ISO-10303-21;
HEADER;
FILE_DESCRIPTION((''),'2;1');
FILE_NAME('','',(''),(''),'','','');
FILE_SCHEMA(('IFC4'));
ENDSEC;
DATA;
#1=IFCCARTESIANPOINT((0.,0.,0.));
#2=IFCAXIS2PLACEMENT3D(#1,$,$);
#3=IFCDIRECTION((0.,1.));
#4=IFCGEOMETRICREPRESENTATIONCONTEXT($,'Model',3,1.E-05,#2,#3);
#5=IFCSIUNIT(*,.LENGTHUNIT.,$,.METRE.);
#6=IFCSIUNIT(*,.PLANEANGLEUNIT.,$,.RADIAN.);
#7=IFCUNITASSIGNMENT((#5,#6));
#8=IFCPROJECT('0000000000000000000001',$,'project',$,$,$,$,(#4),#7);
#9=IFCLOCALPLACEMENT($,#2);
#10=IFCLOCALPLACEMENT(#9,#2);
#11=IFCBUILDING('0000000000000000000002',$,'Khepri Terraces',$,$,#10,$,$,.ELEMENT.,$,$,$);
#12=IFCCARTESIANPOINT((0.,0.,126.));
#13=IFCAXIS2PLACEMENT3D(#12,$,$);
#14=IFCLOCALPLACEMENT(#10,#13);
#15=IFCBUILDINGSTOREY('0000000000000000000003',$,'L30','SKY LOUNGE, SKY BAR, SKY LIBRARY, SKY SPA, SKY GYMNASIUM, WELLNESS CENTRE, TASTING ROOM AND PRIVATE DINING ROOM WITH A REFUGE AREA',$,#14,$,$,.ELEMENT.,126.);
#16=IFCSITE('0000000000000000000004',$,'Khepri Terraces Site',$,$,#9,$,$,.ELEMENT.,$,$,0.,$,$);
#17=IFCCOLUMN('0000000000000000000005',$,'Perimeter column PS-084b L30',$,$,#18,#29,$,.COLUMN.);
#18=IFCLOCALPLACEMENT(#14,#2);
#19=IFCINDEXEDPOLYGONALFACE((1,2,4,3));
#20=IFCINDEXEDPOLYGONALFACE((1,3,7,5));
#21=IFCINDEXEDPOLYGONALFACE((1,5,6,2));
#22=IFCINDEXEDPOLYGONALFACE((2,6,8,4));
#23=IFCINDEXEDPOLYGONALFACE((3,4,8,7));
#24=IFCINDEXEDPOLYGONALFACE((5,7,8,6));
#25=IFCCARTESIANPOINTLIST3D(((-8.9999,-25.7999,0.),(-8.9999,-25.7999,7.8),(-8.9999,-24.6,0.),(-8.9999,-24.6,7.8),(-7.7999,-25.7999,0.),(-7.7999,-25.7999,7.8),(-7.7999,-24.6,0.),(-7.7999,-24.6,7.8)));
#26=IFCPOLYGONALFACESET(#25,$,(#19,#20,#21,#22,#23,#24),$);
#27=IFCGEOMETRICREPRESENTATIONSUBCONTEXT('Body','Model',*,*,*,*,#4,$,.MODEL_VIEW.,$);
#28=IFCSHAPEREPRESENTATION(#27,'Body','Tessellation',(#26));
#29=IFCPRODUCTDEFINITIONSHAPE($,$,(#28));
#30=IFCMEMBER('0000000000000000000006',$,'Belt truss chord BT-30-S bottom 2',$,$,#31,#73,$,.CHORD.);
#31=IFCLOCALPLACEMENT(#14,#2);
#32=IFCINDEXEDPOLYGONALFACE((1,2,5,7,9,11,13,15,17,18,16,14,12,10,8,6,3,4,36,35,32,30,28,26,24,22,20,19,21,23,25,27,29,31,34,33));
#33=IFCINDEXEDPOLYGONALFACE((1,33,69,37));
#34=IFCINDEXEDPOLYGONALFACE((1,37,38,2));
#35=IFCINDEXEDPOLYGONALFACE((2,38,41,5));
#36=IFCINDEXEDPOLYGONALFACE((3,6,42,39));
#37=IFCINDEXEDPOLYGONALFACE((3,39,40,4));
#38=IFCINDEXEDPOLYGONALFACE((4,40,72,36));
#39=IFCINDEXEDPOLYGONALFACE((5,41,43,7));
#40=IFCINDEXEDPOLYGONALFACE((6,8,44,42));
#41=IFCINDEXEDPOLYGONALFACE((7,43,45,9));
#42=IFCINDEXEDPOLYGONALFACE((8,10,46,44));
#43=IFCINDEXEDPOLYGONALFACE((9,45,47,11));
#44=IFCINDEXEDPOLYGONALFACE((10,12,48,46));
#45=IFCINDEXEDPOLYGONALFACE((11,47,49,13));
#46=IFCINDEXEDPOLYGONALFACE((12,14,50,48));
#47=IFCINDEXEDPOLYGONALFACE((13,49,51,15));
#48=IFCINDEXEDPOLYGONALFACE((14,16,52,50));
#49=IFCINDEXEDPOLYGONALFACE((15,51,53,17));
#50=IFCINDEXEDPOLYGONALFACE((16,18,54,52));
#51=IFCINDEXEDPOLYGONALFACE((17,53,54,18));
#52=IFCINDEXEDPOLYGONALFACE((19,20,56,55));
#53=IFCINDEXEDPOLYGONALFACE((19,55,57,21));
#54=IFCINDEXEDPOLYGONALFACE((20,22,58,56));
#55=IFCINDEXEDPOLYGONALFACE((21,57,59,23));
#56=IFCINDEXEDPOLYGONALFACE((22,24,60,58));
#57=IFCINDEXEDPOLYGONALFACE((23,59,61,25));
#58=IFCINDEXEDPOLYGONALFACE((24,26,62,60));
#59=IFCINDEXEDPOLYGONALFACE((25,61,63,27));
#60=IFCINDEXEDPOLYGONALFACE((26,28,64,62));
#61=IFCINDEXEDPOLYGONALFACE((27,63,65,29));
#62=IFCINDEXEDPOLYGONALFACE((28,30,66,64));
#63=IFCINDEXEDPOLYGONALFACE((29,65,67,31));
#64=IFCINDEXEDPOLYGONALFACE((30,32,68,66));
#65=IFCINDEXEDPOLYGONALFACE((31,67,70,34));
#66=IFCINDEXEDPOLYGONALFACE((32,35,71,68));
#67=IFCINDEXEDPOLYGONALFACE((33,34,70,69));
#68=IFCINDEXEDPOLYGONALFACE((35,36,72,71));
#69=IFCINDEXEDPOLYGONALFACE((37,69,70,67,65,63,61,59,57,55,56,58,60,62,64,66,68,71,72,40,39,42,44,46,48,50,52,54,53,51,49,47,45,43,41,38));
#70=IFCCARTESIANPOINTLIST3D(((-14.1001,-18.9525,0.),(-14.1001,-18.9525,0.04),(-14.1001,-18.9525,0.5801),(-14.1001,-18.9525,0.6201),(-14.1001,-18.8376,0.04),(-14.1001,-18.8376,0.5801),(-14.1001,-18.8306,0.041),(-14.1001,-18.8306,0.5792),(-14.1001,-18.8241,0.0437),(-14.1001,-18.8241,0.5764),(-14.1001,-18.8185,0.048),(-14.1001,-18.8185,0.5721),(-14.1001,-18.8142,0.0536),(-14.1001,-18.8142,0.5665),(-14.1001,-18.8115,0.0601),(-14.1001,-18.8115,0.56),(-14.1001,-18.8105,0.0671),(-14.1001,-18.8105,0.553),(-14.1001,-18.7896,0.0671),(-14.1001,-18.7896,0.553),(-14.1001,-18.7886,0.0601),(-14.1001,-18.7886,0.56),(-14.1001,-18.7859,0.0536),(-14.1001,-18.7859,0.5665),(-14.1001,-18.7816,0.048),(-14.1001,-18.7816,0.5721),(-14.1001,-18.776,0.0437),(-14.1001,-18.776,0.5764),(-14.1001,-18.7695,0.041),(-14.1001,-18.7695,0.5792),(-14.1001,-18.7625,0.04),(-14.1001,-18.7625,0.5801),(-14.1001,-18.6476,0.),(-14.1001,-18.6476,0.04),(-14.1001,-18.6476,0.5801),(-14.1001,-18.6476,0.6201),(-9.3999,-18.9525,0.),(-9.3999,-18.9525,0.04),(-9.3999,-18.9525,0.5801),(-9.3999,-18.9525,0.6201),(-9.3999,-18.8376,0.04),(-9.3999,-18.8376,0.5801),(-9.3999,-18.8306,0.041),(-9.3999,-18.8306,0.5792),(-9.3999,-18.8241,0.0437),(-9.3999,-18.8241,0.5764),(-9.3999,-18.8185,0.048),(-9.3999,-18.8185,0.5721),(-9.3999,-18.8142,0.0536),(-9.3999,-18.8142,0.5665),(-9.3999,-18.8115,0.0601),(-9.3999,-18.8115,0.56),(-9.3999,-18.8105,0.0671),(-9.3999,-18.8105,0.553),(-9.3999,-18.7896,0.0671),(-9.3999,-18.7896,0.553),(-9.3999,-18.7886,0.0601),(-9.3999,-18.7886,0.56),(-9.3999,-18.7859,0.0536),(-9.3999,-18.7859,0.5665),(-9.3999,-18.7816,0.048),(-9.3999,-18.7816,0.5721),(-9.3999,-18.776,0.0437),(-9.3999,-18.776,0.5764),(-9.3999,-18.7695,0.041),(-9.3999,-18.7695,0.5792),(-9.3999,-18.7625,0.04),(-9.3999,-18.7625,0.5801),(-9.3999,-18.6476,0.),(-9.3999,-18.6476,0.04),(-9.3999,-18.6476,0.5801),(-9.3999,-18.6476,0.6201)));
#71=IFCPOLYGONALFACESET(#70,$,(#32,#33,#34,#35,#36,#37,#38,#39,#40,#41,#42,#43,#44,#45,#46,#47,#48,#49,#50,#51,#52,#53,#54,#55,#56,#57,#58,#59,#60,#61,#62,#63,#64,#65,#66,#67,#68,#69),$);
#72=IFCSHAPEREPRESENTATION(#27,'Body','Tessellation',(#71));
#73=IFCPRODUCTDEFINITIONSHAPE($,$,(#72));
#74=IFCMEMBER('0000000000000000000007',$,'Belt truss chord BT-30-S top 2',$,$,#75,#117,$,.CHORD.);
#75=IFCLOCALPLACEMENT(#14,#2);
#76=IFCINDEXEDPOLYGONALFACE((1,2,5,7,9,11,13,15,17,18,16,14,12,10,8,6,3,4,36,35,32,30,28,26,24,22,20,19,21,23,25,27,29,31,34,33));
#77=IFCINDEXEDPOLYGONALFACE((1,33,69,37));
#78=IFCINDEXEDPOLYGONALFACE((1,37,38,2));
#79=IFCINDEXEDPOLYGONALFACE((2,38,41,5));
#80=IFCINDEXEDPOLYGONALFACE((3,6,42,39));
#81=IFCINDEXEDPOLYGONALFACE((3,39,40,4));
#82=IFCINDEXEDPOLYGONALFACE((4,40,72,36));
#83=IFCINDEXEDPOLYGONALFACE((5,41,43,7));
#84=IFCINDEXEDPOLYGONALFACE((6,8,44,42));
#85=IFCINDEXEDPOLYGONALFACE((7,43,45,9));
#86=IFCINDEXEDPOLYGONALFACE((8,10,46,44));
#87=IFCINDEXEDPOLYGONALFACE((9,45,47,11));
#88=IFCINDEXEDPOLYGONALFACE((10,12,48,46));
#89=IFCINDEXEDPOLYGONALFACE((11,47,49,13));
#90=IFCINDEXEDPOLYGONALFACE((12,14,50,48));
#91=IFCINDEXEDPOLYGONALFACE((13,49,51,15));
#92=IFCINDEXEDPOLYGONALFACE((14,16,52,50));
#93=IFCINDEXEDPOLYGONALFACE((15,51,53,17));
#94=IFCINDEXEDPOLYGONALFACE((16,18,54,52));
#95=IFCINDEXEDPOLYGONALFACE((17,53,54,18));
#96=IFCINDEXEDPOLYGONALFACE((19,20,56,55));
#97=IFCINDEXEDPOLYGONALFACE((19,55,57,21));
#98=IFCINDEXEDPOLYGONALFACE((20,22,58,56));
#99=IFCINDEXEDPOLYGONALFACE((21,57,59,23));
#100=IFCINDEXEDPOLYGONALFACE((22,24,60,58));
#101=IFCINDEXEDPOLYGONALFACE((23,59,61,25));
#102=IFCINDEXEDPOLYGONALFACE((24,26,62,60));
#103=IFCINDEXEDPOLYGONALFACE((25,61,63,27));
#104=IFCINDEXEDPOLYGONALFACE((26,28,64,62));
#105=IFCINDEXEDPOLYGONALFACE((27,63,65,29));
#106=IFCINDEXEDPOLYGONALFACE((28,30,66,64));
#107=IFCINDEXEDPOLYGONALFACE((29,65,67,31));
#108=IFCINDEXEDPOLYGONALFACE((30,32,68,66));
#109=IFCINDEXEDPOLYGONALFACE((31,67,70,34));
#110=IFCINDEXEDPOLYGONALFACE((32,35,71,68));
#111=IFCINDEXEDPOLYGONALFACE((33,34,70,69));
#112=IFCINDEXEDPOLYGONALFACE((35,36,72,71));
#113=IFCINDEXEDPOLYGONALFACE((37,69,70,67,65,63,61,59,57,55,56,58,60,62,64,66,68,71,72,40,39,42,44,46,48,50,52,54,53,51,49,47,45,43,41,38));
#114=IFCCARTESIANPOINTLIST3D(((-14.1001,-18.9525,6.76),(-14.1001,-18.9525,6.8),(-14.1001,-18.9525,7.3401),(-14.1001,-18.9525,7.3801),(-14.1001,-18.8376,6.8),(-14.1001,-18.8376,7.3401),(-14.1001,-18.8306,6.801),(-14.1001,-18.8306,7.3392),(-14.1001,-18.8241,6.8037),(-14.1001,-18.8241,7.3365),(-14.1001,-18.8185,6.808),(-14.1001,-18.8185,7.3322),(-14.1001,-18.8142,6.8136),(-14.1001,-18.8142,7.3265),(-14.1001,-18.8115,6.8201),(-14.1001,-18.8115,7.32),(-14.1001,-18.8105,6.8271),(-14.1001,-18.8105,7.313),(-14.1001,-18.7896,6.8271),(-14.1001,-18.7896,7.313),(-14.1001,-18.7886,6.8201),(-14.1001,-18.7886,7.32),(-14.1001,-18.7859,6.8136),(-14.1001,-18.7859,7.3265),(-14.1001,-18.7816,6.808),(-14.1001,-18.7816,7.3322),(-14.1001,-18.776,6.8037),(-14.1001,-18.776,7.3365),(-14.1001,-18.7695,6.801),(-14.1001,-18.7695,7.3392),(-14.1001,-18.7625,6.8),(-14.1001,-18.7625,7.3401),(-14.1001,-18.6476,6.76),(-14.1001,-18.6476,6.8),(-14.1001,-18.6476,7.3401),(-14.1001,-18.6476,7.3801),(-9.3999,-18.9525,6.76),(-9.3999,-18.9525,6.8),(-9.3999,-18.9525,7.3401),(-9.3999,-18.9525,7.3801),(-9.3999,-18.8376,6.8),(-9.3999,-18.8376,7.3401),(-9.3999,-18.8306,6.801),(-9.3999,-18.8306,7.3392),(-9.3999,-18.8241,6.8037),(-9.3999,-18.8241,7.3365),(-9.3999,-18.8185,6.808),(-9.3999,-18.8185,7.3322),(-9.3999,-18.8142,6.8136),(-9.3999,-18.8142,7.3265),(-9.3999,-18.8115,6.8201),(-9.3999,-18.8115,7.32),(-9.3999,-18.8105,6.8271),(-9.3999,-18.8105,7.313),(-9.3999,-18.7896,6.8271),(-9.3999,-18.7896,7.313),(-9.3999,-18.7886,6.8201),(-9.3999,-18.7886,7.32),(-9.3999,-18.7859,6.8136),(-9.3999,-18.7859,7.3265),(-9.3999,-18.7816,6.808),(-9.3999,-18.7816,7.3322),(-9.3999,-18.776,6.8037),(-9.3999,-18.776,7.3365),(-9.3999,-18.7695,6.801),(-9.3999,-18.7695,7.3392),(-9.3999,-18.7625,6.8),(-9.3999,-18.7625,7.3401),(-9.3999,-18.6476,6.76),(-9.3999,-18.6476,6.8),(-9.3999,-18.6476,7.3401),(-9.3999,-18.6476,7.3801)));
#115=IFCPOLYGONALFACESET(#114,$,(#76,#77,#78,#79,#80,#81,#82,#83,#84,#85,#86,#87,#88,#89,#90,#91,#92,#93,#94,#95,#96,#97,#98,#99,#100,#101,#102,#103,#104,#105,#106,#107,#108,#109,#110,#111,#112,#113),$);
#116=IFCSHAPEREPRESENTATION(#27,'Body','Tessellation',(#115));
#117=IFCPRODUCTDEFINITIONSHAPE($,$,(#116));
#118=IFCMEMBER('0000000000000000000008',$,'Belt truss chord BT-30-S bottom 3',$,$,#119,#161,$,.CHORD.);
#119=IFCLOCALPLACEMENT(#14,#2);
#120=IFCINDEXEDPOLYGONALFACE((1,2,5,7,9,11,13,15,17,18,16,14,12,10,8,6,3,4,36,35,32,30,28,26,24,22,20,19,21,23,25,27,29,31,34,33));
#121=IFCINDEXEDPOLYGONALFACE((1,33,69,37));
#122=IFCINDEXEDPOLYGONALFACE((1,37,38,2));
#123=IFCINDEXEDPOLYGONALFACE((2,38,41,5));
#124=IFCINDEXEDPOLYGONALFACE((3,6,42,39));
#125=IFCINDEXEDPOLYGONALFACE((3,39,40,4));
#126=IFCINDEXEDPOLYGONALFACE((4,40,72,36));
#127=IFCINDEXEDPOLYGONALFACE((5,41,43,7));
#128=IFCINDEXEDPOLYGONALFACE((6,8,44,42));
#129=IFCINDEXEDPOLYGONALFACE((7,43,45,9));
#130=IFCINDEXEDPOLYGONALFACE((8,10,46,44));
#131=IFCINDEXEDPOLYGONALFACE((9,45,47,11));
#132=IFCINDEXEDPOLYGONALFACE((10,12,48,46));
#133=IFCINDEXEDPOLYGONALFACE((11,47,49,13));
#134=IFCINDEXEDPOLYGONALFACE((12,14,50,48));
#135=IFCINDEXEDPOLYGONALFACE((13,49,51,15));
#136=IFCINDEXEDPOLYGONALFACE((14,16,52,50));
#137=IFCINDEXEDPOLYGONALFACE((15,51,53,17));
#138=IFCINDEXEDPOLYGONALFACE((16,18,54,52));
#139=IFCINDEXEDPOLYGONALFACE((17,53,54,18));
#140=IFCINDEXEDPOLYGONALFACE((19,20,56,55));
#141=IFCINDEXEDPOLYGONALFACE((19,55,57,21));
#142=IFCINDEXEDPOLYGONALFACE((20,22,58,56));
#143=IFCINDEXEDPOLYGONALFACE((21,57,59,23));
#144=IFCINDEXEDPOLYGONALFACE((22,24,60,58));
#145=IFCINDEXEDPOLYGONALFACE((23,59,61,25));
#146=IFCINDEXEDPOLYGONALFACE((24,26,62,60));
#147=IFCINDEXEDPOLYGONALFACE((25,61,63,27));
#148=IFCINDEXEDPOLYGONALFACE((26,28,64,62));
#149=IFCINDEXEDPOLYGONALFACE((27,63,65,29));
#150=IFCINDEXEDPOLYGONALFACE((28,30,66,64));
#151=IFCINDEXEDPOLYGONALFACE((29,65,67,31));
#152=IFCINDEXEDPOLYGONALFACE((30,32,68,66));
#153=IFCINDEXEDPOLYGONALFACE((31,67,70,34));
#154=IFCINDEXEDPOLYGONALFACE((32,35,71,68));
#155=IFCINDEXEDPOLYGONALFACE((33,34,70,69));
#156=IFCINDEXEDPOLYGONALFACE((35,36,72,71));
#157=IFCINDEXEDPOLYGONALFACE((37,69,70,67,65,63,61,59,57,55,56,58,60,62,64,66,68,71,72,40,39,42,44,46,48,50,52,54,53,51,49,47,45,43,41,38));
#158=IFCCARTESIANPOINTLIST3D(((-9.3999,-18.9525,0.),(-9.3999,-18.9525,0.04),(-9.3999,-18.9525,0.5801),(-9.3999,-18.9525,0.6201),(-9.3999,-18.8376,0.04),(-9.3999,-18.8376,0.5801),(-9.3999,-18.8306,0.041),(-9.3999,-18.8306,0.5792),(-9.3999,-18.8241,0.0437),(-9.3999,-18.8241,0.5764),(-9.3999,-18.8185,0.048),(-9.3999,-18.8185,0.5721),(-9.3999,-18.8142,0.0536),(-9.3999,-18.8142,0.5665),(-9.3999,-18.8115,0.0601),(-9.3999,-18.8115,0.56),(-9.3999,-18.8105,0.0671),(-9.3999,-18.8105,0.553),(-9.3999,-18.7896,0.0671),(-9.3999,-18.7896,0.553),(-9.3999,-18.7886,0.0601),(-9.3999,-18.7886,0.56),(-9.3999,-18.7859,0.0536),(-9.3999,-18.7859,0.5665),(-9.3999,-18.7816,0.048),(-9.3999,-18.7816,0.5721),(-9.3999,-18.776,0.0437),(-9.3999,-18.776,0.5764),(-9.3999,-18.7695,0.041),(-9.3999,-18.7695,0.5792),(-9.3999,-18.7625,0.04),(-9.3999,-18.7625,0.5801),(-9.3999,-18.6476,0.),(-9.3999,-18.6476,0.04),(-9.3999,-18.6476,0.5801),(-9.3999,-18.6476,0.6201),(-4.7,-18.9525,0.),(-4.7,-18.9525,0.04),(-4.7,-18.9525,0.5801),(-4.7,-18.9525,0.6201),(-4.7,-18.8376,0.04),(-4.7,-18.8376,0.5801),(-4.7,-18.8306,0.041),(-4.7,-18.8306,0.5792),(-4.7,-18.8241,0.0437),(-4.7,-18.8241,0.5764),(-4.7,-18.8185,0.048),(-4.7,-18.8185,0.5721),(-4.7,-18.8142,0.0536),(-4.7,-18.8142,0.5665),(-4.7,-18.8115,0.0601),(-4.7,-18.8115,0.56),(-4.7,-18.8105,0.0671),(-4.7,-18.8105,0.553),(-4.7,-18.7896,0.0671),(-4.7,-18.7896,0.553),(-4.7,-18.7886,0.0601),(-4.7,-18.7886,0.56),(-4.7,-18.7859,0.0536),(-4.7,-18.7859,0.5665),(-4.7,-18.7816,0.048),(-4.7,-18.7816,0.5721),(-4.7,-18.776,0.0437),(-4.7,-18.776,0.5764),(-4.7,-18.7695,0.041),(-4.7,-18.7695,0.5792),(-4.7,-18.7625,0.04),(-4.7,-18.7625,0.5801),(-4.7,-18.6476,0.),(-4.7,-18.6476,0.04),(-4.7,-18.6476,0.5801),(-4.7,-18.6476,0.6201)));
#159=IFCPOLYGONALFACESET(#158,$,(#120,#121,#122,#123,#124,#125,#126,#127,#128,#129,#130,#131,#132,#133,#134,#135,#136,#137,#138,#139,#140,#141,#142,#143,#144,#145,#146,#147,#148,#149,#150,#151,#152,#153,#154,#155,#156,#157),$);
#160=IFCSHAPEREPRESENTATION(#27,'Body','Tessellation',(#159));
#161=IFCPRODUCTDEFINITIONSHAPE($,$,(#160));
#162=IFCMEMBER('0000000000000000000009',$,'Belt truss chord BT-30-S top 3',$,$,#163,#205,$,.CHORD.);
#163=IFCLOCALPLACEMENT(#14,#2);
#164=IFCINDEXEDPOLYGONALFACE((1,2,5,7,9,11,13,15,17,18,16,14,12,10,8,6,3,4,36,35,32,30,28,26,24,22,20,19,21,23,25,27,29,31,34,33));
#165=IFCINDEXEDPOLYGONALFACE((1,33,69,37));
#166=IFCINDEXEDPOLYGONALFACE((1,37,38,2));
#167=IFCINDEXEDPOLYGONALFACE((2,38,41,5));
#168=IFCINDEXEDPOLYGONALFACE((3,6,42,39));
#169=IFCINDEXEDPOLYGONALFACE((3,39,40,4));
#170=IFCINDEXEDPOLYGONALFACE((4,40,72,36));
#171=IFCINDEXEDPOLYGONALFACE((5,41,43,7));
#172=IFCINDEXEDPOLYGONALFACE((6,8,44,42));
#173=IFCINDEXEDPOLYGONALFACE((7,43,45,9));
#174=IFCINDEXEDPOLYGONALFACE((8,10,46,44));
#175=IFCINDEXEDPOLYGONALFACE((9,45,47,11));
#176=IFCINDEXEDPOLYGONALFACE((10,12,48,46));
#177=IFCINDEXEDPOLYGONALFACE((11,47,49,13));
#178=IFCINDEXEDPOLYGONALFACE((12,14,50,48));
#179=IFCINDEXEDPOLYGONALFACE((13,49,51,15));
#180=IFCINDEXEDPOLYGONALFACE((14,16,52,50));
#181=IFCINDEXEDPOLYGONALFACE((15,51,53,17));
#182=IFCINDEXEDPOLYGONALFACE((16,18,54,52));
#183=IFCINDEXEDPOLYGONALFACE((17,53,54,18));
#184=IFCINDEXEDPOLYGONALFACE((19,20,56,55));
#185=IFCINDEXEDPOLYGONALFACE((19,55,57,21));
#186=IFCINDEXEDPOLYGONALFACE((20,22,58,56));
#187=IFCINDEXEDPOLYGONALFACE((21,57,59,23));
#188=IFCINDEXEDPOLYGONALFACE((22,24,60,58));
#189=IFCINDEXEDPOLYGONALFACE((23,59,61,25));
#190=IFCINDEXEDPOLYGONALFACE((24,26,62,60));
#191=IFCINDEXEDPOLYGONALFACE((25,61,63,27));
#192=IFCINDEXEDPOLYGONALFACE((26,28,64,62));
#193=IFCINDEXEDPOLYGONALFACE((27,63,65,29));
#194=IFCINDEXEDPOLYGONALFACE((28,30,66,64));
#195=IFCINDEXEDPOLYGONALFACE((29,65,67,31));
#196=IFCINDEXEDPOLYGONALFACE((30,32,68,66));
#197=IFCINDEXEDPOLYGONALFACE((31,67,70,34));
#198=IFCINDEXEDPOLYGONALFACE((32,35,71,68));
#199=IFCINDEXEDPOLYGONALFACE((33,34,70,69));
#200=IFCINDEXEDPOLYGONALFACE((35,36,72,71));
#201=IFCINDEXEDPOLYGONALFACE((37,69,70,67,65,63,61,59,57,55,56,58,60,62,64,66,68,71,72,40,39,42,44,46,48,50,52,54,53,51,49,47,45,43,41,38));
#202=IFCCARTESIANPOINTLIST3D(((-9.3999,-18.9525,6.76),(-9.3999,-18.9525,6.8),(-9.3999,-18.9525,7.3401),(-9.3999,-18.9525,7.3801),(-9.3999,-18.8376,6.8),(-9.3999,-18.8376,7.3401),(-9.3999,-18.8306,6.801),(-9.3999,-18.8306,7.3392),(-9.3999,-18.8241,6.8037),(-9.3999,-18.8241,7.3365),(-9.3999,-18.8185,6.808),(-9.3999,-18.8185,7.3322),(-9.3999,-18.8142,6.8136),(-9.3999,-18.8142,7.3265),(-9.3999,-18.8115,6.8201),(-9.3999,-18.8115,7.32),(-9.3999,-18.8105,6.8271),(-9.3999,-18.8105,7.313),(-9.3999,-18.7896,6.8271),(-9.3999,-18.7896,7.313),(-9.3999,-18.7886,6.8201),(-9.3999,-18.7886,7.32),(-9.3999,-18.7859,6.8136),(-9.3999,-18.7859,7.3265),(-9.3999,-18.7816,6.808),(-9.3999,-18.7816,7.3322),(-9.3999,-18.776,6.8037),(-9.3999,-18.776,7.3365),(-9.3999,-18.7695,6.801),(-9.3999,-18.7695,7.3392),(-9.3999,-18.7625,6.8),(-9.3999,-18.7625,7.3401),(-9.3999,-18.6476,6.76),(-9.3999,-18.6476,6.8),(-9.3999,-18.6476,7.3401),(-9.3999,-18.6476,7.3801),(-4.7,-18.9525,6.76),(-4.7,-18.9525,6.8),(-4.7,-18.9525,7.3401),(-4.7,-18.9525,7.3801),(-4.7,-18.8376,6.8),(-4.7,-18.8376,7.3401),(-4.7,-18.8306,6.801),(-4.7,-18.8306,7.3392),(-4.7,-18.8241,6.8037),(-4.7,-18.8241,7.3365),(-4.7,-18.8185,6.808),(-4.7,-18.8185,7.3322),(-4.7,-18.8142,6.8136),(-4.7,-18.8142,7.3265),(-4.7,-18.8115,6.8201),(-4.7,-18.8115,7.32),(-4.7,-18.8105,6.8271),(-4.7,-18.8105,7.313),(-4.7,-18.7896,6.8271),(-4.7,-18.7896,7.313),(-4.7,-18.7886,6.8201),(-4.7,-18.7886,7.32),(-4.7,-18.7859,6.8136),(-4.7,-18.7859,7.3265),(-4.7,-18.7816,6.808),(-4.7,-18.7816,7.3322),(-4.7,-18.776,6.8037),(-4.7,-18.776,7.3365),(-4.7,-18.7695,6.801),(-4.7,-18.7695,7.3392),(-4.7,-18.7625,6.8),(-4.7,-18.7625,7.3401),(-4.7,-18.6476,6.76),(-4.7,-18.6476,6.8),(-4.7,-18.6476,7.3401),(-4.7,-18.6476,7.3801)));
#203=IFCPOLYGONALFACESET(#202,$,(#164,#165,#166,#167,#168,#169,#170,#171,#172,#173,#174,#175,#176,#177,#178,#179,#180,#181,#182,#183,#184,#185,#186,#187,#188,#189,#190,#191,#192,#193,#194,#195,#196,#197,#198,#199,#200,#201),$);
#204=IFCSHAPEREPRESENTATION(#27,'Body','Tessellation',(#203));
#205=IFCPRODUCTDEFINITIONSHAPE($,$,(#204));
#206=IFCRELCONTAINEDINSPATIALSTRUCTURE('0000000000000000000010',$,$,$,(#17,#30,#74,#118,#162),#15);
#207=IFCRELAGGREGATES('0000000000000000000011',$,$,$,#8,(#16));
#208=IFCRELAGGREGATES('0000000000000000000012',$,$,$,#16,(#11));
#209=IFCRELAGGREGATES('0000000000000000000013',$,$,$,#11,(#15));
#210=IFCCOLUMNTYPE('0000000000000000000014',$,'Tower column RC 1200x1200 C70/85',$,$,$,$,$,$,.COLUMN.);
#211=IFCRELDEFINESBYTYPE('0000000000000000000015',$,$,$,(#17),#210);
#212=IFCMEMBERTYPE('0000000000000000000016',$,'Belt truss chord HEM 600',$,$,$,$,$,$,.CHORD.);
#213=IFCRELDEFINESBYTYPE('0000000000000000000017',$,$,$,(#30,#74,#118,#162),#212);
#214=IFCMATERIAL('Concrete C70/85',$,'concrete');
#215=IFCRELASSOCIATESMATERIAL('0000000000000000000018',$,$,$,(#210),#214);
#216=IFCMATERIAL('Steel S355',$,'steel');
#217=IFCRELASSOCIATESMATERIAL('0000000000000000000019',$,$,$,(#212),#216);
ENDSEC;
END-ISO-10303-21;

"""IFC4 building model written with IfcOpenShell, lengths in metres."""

from ifc_helpers import new_model, si_unit, direction, frame, origin, origin_2d, place, context, subcontext, project, spatial, rectangle, i_section, extrude, material, material_profile, profile_set, type_object, element, save


model = new_model("IFC4")

# Units and contexts
model_context = context("Model", 3, precision=1e-05, world=origin(), true_north=direction((0.0, 1.0)))
body_context = subcontext(model_context, "Body", "Model", "MODEL_VIEW")
ifc_project = project(units=[si_unit("LENGTHUNIT", "METRE"), si_unit("PLANEANGLEUNIT", "RADIAN")], contexts=[model_context])

# Site, building, storey
site_placement = place(None, origin())
site = spatial("IfcSite", under=ifc_project, at=site_placement, Name="Khepri Terraces Site", CompositionType="ELEMENT", RefElevation=0.0)
building_placement = place(site_placement, origin())
building = spatial("IfcBuilding", under=site, at=building_placement, Name="Khepri Terraces", CompositionType="ELEMENT")
storey_placement = place(building_placement, frame((0.0, 0.0, 126.0)))
storey = spatial("IfcBuildingStorey", under=building, at=storey_placement, Name="L30", Description="SKY LOUNGE, SKY BAR, SKY LIBRARY, SKY SPA, SKY GYMNASIUM, WELLNESS CENTRE, TASTING ROOM AND PRIVATE DINING ROOM WITH A REFUGE AREA", CompositionType="ELEMENT", Elevation=126.0)

# Column
ifc_material_1 = material(Name="Concrete C70/85", Category="concrete")
ifc_material_profile_1 = material_profile(ifc_material_1, rectangle(XDim=1.2, YDim=1.2, at=origin_2d()), Name="Concrete C70/85", Category="concrete")
ifc_profile_set_1 = profile_set([ifc_material_profile_1], Name="Concrete C70/85")
column_type = type_object("IfcColumnType", Name="Tower column RC 1200x1200 C70/85", PredefinedType="COLUMN", material=ifc_profile_set_1)
column_placement = place(storey_placement, frame((-8.3999, -25.2, 0.0), z_axis=(0.0, 0.0, 1.0), x_axis=(1.0, 0.0, 0.0)))
element("IfcColumn", 1, at=column_placement, inside=storey, type_object=column_type, Name="Perimeter column PS-084b L30", PredefinedType="COLUMN", context=body_context, shape_type="SweptSolid", body=[
    extrude(rectangle(XDim=1.2, YDim=1.2, at=origin_2d()), origin(), (0.0, 0.0, 1.0), 7.8),
])

# Members
ifc_material_2 = material(Name="Steel S355", Category="steel")
ifc_material_profile_2 = material_profile(ifc_material_2, i_section(OverallWidth=0.3049, OverallDepth=0.6201, WebThickness=0.021, FlangeThickness=0.04, FilletRadius=0.0271, at=origin_2d()), Name="Steel S355", Category="steel")
ifc_profile_set_2 = profile_set([ifc_material_profile_2], Name="Steel S355")
member_type_1 = type_object("IfcMemberType", Name="Belt truss chord HEM 600", PredefinedType="CHORD", material=ifc_profile_set_2)
for number, where, z_axis, x_axis, name in (
    (2, (-14.1001, -18.8, 0.3101), (1.0, 0.0, 0.0), (0.0, 1.0, 0.0), "Belt truss chord BT-30-S bottom 2"),
    (3, (-14.1001, -18.8, 7.0701), (1.0, 0.0, 0.0), (0.0, 1.0, 0.0), "Belt truss chord BT-30-S top 2"),
):
    element("IfcMember", number, at=place(storey_placement, frame(where, z_axis=z_axis, x_axis=x_axis)), inside=storey, type_object=member_type_1, Name=name, PredefinedType="CHORD", context=body_context, shape_type="SweptSolid", body=[
        extrude(i_section(OverallWidth=0.3049, OverallDepth=0.6201, WebThickness=0.021, FlangeThickness=0.04, FilletRadius=0.0271, at=origin_2d()), origin(), (0.0, 0.0, 1.0), 4.7002),
    ])
for number, where, z_axis, x_axis, name in (
    (4, (-9.3999, -18.8, 0.3101), (1.0, 0.0, 0.0), (0.0, 1.0, 0.0), "Belt truss chord BT-30-S bottom 3"),
    (5, (-9.3999, -18.8, 7.0701), (1.0, 0.0, 0.0), (0.0, 1.0, 0.0), "Belt truss chord BT-30-S top 3"),
):
    element("IfcMember", number, at=place(storey_placement, frame(where, z_axis=z_axis, x_axis=x_axis)), inside=storey, type_object=member_type_1, Name=name, PredefinedType="CHORD", context=body_context, shape_type="SweptSolid", body=[
        extrude(i_section(OverallWidth=0.3049, OverallDepth=0.6201, WebThickness=0.021, FlangeThickness=0.04, FilletRadius=0.0271, at=origin_2d()), origin(), (0.0, 0.0, 1.0), 4.7),
    ])

save(model, "model.ifc")
